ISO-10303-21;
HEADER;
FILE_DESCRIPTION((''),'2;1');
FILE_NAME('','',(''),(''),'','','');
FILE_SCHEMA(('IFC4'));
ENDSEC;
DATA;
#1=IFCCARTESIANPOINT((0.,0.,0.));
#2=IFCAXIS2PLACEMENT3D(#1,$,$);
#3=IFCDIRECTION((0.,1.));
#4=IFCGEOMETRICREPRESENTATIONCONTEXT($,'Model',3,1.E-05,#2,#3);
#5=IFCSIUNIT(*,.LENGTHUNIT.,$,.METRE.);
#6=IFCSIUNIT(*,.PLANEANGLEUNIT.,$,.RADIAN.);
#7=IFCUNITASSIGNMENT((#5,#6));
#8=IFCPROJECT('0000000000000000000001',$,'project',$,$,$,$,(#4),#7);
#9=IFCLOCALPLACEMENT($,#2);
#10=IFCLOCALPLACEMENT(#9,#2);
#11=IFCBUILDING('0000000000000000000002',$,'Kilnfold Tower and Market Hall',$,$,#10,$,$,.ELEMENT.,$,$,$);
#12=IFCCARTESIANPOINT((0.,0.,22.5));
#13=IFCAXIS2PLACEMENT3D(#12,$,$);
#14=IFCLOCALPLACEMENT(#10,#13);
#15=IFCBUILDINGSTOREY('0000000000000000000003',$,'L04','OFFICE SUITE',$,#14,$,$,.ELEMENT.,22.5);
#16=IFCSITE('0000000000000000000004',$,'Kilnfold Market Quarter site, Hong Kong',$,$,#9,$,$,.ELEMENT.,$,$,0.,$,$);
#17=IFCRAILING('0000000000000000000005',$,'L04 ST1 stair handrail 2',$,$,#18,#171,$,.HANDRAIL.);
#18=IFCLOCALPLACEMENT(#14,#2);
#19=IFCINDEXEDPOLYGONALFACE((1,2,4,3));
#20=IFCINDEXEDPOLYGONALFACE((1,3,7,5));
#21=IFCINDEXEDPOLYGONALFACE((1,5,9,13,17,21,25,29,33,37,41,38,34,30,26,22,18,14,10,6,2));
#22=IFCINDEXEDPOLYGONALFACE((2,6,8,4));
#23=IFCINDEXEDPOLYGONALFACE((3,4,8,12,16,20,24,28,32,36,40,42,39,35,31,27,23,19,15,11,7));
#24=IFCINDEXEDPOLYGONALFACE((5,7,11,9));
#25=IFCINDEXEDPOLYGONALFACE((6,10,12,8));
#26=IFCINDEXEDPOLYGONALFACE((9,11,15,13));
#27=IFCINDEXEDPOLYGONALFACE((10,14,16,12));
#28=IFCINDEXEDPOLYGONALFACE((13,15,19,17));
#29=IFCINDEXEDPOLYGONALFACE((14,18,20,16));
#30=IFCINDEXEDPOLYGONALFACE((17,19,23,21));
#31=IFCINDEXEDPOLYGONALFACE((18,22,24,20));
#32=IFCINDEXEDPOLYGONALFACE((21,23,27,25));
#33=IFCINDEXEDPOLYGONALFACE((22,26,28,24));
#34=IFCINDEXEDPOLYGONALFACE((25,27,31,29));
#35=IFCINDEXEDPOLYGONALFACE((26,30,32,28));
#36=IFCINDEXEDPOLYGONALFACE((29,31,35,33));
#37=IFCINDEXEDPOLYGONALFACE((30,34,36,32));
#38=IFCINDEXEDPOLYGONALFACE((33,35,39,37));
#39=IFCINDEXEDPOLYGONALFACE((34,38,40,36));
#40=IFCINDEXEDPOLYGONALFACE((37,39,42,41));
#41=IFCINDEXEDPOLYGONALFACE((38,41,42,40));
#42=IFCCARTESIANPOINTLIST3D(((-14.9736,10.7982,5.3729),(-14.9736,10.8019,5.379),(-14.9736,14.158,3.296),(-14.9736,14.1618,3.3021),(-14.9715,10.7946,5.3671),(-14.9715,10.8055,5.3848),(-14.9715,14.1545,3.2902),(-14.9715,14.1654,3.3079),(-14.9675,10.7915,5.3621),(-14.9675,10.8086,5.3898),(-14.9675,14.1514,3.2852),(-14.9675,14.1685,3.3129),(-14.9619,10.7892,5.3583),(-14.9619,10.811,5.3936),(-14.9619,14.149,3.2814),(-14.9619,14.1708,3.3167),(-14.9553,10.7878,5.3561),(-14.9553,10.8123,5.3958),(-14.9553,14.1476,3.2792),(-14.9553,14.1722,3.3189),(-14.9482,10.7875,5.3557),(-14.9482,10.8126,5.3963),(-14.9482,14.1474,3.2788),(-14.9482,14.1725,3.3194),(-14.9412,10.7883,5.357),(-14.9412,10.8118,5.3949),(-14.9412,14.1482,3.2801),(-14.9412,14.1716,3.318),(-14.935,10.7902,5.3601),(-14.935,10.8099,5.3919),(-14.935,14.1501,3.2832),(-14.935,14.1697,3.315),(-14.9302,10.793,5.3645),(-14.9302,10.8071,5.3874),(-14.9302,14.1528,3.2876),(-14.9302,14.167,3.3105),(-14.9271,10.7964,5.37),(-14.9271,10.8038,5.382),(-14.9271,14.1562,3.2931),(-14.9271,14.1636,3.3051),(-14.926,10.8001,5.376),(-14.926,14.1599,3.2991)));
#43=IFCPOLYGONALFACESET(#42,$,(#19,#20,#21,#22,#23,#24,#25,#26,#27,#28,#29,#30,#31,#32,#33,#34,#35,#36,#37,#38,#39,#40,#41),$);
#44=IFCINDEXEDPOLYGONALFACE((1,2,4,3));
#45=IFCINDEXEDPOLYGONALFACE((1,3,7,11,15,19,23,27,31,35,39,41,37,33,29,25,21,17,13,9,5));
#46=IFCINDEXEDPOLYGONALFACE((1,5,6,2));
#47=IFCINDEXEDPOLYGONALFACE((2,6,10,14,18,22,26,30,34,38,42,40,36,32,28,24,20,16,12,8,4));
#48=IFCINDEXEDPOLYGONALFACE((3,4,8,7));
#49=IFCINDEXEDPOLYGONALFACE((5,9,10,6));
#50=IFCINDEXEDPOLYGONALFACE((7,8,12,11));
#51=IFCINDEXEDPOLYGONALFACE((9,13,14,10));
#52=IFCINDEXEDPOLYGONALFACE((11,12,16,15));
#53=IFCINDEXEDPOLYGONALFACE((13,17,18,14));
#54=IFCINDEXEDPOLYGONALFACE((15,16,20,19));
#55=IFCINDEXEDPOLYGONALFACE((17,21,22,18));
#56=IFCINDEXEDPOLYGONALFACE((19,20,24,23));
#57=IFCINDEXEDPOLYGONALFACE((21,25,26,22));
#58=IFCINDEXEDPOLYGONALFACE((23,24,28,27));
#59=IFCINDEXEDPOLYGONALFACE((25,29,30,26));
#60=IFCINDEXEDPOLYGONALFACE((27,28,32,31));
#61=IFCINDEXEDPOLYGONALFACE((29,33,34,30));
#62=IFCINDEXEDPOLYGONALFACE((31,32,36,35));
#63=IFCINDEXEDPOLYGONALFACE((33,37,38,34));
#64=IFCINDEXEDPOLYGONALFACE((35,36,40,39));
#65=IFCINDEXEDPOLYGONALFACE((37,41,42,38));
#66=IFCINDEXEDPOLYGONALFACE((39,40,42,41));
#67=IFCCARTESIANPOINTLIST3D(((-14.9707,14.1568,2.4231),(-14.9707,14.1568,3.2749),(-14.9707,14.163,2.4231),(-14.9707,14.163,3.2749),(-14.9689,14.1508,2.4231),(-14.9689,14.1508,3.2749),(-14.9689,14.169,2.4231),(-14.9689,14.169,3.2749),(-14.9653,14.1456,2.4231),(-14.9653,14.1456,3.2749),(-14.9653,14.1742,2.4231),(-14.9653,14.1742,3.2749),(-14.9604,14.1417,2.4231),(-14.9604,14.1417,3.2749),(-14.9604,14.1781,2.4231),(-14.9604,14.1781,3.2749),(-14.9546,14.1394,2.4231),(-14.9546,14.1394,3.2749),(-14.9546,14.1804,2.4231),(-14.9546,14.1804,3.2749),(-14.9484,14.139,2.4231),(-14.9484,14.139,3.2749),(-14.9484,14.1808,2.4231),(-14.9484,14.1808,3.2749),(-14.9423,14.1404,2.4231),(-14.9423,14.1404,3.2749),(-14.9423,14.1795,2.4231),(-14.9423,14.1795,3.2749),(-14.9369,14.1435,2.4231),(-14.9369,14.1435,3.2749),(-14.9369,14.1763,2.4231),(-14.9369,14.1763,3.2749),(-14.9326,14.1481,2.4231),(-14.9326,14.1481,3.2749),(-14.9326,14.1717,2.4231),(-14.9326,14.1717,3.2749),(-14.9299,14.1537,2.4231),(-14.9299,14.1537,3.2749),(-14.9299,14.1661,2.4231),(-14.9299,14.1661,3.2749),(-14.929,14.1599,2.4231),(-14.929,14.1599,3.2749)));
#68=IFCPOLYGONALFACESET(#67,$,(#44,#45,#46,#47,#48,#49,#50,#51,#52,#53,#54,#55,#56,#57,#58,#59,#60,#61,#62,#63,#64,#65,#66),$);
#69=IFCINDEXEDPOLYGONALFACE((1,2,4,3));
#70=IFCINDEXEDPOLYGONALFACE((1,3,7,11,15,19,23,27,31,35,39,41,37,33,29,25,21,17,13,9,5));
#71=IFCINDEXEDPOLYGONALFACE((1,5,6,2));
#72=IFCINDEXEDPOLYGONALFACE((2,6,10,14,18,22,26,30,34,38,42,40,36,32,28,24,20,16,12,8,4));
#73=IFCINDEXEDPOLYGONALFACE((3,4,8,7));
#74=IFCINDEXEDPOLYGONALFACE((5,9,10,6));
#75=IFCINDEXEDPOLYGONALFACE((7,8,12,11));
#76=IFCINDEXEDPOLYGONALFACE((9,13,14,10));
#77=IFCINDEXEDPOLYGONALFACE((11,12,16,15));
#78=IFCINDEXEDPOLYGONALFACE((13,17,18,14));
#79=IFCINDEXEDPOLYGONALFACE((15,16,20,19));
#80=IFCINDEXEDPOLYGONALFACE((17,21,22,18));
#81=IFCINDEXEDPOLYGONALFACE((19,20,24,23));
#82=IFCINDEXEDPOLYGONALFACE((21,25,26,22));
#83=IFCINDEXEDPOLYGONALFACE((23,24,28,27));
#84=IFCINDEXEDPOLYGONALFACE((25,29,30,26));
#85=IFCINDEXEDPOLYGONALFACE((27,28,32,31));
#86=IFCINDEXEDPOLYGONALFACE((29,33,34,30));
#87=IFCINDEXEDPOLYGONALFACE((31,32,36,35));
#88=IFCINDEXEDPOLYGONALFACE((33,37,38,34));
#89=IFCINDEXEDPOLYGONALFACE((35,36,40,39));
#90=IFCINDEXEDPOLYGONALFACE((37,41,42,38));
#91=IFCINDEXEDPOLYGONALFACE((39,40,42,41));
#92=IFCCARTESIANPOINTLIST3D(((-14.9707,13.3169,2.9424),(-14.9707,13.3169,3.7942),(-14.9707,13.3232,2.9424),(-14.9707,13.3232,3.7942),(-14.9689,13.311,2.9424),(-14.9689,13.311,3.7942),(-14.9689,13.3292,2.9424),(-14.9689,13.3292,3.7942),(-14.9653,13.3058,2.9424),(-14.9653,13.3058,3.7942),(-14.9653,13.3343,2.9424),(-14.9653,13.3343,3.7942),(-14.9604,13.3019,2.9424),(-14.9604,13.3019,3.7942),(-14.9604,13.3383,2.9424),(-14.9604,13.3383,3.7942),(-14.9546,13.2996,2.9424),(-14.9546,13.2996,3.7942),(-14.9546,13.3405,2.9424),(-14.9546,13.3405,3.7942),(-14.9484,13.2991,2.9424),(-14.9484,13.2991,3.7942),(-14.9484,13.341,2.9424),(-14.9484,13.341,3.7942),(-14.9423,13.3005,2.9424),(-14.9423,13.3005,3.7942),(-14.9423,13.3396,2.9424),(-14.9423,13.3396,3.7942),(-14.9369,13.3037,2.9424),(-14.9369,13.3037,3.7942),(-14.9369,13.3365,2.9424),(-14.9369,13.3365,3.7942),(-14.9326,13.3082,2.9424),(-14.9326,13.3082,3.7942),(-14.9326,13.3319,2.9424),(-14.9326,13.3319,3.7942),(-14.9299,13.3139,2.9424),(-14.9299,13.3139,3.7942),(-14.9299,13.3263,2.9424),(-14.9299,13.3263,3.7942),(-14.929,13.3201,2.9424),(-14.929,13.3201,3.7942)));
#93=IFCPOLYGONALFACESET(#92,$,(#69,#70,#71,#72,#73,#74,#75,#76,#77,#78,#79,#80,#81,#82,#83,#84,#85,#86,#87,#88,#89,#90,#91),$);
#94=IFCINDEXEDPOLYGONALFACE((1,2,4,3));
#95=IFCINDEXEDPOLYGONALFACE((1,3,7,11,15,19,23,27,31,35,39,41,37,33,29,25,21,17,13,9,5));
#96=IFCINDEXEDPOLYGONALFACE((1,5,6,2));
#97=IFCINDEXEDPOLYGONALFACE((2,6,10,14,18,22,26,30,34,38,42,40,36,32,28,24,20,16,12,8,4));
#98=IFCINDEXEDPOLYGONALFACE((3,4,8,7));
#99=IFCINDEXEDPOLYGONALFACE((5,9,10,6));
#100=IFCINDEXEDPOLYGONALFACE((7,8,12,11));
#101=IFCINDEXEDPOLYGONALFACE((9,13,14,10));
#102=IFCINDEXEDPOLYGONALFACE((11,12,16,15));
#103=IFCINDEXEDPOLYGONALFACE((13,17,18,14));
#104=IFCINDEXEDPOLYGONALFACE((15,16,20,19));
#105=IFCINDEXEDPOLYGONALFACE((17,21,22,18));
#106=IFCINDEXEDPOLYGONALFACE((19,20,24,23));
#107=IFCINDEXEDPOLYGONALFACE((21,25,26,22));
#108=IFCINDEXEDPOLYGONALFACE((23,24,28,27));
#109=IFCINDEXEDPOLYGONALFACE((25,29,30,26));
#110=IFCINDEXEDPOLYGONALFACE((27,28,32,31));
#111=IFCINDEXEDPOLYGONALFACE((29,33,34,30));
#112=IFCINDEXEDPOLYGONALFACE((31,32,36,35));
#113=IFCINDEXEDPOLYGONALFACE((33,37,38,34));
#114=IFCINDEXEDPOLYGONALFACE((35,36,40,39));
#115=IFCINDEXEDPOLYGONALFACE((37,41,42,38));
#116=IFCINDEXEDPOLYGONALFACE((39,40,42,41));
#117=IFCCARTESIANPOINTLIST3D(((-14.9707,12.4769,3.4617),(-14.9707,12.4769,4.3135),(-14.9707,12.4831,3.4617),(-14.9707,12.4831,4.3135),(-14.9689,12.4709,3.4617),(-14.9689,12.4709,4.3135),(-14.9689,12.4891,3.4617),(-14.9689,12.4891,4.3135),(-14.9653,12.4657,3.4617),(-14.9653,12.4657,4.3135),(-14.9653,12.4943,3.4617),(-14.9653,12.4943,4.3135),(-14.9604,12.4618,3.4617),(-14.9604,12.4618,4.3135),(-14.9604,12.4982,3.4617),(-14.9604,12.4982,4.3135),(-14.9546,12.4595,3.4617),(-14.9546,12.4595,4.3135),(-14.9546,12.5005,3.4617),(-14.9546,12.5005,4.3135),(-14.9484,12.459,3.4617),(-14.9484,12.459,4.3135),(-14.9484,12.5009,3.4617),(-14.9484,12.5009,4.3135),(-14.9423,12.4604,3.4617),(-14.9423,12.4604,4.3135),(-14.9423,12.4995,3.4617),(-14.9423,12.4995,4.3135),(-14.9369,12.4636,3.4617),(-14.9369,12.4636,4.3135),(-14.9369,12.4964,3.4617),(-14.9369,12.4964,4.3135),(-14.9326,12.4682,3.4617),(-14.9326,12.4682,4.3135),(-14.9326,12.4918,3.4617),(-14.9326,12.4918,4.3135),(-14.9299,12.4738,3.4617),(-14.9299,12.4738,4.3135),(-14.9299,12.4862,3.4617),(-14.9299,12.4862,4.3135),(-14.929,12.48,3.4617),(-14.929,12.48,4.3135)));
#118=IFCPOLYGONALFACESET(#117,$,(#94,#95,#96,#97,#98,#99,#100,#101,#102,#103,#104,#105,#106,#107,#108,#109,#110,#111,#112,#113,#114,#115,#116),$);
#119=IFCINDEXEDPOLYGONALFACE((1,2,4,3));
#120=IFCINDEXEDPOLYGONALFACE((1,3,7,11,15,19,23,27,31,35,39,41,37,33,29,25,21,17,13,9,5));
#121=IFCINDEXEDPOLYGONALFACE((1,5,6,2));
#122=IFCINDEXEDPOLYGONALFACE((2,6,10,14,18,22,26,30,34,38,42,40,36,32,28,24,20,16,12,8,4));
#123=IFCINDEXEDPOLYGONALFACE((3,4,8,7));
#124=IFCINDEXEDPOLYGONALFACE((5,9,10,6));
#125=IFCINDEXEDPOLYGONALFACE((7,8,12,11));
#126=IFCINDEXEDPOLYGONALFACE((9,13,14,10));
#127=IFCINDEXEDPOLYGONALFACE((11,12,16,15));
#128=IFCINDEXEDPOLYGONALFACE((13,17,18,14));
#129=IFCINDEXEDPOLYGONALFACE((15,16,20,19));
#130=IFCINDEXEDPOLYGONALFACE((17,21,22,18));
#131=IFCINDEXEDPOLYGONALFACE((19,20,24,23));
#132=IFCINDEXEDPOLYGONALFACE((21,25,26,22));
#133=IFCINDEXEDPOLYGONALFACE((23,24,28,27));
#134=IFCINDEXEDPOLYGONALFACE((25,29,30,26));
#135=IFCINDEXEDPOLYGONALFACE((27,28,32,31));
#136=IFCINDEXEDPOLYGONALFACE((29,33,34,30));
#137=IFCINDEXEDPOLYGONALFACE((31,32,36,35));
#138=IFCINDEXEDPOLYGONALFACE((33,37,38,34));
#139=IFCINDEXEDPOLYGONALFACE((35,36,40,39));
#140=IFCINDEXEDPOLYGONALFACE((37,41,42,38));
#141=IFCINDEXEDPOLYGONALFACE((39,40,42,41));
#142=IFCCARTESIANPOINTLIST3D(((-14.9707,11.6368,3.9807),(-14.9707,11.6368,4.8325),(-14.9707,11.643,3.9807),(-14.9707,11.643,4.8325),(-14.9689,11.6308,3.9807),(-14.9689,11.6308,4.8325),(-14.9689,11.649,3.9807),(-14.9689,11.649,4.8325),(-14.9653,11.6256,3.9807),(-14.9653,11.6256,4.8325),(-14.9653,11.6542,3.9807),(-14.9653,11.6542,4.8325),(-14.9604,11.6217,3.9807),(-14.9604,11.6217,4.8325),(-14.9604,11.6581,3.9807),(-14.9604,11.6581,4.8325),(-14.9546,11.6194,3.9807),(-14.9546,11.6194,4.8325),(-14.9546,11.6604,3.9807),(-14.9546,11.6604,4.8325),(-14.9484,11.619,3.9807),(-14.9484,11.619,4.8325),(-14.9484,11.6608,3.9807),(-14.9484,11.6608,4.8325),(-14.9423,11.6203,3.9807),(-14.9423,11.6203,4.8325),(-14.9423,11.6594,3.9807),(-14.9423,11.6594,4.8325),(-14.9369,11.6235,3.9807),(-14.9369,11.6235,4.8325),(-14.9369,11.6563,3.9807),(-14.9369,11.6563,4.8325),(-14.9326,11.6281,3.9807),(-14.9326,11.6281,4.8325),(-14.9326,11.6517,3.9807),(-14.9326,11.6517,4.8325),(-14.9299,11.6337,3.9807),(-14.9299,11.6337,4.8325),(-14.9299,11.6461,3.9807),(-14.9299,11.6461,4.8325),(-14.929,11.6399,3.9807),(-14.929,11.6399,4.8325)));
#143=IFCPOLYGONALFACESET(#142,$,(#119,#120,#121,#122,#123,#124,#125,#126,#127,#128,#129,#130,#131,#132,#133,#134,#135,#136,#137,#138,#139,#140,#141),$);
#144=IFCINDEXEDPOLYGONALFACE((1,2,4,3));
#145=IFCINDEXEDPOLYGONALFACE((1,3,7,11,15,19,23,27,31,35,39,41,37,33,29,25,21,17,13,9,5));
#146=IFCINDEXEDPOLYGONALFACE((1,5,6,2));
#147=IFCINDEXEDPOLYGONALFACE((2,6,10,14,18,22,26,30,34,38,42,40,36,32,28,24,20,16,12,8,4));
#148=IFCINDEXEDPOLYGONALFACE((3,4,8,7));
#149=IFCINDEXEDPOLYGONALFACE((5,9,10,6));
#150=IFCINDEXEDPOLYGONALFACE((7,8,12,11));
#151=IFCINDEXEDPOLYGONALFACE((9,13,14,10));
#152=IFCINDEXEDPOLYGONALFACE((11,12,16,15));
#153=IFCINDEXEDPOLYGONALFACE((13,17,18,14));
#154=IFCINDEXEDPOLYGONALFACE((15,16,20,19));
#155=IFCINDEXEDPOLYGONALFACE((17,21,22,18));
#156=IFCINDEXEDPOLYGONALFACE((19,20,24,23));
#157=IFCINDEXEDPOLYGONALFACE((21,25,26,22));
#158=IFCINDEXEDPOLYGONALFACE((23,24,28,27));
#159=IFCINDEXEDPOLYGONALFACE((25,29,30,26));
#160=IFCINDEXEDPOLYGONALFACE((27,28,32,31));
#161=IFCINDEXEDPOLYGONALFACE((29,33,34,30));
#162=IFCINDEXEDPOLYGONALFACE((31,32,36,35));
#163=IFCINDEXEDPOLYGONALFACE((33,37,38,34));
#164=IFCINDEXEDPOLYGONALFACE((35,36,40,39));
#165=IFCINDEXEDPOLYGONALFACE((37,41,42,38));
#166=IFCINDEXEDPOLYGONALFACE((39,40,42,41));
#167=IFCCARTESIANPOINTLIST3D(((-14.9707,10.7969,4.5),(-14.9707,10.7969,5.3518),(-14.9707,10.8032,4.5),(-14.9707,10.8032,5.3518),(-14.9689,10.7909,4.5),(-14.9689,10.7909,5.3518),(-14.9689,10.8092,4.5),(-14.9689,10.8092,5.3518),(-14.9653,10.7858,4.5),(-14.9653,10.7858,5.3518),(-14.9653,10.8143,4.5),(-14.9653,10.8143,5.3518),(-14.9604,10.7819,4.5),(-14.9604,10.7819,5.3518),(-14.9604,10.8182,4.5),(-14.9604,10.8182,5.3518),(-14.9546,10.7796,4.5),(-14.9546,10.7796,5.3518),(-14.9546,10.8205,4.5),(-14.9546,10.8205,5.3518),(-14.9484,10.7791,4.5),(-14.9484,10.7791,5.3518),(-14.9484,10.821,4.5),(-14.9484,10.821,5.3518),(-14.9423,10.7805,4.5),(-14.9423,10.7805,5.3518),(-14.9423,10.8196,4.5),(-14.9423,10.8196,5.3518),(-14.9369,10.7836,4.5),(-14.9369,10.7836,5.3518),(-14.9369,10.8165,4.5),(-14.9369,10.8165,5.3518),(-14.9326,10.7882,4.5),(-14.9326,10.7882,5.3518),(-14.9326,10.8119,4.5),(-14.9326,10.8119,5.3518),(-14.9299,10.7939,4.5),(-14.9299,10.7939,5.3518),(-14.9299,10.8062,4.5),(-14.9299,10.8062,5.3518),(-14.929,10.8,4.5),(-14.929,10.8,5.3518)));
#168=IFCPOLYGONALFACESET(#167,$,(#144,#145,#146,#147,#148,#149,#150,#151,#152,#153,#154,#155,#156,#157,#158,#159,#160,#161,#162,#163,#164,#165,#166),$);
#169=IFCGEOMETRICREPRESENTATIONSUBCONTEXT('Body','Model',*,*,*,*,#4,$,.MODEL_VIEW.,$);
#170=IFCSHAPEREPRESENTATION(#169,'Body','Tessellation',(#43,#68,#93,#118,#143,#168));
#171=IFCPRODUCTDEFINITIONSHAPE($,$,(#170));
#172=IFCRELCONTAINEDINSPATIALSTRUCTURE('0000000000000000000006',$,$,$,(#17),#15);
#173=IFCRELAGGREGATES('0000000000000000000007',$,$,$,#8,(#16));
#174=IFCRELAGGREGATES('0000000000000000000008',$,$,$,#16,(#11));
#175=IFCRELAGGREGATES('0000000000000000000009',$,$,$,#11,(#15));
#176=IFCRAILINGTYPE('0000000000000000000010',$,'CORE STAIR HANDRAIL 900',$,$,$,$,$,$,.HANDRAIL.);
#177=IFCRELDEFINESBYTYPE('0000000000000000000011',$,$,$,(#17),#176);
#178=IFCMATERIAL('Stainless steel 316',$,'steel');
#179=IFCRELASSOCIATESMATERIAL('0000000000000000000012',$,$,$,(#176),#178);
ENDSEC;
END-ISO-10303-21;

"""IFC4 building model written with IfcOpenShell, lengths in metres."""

from ifc_helpers import new_model, si_unit, direction, frame, origin, origin_2d, place, context, subcontext, project, spatial, circle, extrude, material, type_object, element, save


model = new_model("IFC4")

# Units and contexts
model_context = context("Model", 3, precision=1e-05, world=origin(), true_north=direction((0.0, 1.0)))
body_context = subcontext(model_context, "Body", "Model", "MODEL_VIEW")
ifc_project = project(units=[si_unit("LENGTHUNIT", "METRE"), si_unit("PLANEANGLEUNIT", "RADIAN")], contexts=[model_context])

# Site, building, storey
site_placement = place(None, origin())
site = spatial("IfcSite", under=ifc_project, at=site_placement, Name="Kilnfold Market Quarter site, Hong Kong", CompositionType="ELEMENT", RefElevation=0.0)
building_placement = place(site_placement, origin())
building = spatial("IfcBuilding", under=site, at=building_placement, Name="Kilnfold Tower and Market Hall", CompositionType="ELEMENT")
storey_placement = place(building_placement, frame((0.0, 0.0, 22.5)))
storey = spatial("IfcBuildingStorey", under=building, at=storey_placement, Name="L04", Description="OFFICE SUITE", CompositionType="ELEMENT", Elevation=22.5)

# Railing
ifc_material_1 = material(Name="Stainless steel 316", Category="steel")
railing_type_1 = type_object("IfcRailingType", Name="CORE STAIR HANDRAIL 900", PredefinedType="HANDRAIL", material=ifc_material_1)
railing_1_placement = place(storey_placement, frame((-14.95, 14.1599, 2.4231)))
element("IfcRailing", 1, at=railing_1_placement, inside=storey, type_object=railing_type_1, Name="L04 ST1 stair handrail 2", PredefinedType="HANDRAIL", context=body_context, shape_type="SweptSolid", body=[
    extrude(circle(Radius=0.0239, at=origin_2d()), frame((0.0, 0.0, 0.876), z_axis=(0.0, -0.850606, 0.525803), x_axis=(1.0, 0.0, 0.0)), (0.0, 0.0, 1.0), 3.95),
    extrude(circle(Radius=0.021, at=origin_2d()), origin(), (0.0, 0.0, 1.0), 0.8518),
    extrude(circle(Radius=0.021, at=origin_2d()), frame((0.0, -0.8398, 0.5193)), (0.0, 0.0, 1.0), 0.8518),
    extrude(circle(Radius=0.021, at=origin_2d()), frame((0.0, -1.6799, 1.0386)), (0.0, 0.0, 1.0), 0.8518),
    extrude(circle(Radius=0.021, at=origin_2d()), frame((0.0, -2.52, 1.5576)), (0.0, 0.0, 1.0), 0.8518),
    extrude(circle(Radius=0.021, at=origin_2d()), frame((0.0, -3.3599, 2.0769)), (0.0, 0.0, 1.0), 0.8518),
])

save(model, "model.ifc")
